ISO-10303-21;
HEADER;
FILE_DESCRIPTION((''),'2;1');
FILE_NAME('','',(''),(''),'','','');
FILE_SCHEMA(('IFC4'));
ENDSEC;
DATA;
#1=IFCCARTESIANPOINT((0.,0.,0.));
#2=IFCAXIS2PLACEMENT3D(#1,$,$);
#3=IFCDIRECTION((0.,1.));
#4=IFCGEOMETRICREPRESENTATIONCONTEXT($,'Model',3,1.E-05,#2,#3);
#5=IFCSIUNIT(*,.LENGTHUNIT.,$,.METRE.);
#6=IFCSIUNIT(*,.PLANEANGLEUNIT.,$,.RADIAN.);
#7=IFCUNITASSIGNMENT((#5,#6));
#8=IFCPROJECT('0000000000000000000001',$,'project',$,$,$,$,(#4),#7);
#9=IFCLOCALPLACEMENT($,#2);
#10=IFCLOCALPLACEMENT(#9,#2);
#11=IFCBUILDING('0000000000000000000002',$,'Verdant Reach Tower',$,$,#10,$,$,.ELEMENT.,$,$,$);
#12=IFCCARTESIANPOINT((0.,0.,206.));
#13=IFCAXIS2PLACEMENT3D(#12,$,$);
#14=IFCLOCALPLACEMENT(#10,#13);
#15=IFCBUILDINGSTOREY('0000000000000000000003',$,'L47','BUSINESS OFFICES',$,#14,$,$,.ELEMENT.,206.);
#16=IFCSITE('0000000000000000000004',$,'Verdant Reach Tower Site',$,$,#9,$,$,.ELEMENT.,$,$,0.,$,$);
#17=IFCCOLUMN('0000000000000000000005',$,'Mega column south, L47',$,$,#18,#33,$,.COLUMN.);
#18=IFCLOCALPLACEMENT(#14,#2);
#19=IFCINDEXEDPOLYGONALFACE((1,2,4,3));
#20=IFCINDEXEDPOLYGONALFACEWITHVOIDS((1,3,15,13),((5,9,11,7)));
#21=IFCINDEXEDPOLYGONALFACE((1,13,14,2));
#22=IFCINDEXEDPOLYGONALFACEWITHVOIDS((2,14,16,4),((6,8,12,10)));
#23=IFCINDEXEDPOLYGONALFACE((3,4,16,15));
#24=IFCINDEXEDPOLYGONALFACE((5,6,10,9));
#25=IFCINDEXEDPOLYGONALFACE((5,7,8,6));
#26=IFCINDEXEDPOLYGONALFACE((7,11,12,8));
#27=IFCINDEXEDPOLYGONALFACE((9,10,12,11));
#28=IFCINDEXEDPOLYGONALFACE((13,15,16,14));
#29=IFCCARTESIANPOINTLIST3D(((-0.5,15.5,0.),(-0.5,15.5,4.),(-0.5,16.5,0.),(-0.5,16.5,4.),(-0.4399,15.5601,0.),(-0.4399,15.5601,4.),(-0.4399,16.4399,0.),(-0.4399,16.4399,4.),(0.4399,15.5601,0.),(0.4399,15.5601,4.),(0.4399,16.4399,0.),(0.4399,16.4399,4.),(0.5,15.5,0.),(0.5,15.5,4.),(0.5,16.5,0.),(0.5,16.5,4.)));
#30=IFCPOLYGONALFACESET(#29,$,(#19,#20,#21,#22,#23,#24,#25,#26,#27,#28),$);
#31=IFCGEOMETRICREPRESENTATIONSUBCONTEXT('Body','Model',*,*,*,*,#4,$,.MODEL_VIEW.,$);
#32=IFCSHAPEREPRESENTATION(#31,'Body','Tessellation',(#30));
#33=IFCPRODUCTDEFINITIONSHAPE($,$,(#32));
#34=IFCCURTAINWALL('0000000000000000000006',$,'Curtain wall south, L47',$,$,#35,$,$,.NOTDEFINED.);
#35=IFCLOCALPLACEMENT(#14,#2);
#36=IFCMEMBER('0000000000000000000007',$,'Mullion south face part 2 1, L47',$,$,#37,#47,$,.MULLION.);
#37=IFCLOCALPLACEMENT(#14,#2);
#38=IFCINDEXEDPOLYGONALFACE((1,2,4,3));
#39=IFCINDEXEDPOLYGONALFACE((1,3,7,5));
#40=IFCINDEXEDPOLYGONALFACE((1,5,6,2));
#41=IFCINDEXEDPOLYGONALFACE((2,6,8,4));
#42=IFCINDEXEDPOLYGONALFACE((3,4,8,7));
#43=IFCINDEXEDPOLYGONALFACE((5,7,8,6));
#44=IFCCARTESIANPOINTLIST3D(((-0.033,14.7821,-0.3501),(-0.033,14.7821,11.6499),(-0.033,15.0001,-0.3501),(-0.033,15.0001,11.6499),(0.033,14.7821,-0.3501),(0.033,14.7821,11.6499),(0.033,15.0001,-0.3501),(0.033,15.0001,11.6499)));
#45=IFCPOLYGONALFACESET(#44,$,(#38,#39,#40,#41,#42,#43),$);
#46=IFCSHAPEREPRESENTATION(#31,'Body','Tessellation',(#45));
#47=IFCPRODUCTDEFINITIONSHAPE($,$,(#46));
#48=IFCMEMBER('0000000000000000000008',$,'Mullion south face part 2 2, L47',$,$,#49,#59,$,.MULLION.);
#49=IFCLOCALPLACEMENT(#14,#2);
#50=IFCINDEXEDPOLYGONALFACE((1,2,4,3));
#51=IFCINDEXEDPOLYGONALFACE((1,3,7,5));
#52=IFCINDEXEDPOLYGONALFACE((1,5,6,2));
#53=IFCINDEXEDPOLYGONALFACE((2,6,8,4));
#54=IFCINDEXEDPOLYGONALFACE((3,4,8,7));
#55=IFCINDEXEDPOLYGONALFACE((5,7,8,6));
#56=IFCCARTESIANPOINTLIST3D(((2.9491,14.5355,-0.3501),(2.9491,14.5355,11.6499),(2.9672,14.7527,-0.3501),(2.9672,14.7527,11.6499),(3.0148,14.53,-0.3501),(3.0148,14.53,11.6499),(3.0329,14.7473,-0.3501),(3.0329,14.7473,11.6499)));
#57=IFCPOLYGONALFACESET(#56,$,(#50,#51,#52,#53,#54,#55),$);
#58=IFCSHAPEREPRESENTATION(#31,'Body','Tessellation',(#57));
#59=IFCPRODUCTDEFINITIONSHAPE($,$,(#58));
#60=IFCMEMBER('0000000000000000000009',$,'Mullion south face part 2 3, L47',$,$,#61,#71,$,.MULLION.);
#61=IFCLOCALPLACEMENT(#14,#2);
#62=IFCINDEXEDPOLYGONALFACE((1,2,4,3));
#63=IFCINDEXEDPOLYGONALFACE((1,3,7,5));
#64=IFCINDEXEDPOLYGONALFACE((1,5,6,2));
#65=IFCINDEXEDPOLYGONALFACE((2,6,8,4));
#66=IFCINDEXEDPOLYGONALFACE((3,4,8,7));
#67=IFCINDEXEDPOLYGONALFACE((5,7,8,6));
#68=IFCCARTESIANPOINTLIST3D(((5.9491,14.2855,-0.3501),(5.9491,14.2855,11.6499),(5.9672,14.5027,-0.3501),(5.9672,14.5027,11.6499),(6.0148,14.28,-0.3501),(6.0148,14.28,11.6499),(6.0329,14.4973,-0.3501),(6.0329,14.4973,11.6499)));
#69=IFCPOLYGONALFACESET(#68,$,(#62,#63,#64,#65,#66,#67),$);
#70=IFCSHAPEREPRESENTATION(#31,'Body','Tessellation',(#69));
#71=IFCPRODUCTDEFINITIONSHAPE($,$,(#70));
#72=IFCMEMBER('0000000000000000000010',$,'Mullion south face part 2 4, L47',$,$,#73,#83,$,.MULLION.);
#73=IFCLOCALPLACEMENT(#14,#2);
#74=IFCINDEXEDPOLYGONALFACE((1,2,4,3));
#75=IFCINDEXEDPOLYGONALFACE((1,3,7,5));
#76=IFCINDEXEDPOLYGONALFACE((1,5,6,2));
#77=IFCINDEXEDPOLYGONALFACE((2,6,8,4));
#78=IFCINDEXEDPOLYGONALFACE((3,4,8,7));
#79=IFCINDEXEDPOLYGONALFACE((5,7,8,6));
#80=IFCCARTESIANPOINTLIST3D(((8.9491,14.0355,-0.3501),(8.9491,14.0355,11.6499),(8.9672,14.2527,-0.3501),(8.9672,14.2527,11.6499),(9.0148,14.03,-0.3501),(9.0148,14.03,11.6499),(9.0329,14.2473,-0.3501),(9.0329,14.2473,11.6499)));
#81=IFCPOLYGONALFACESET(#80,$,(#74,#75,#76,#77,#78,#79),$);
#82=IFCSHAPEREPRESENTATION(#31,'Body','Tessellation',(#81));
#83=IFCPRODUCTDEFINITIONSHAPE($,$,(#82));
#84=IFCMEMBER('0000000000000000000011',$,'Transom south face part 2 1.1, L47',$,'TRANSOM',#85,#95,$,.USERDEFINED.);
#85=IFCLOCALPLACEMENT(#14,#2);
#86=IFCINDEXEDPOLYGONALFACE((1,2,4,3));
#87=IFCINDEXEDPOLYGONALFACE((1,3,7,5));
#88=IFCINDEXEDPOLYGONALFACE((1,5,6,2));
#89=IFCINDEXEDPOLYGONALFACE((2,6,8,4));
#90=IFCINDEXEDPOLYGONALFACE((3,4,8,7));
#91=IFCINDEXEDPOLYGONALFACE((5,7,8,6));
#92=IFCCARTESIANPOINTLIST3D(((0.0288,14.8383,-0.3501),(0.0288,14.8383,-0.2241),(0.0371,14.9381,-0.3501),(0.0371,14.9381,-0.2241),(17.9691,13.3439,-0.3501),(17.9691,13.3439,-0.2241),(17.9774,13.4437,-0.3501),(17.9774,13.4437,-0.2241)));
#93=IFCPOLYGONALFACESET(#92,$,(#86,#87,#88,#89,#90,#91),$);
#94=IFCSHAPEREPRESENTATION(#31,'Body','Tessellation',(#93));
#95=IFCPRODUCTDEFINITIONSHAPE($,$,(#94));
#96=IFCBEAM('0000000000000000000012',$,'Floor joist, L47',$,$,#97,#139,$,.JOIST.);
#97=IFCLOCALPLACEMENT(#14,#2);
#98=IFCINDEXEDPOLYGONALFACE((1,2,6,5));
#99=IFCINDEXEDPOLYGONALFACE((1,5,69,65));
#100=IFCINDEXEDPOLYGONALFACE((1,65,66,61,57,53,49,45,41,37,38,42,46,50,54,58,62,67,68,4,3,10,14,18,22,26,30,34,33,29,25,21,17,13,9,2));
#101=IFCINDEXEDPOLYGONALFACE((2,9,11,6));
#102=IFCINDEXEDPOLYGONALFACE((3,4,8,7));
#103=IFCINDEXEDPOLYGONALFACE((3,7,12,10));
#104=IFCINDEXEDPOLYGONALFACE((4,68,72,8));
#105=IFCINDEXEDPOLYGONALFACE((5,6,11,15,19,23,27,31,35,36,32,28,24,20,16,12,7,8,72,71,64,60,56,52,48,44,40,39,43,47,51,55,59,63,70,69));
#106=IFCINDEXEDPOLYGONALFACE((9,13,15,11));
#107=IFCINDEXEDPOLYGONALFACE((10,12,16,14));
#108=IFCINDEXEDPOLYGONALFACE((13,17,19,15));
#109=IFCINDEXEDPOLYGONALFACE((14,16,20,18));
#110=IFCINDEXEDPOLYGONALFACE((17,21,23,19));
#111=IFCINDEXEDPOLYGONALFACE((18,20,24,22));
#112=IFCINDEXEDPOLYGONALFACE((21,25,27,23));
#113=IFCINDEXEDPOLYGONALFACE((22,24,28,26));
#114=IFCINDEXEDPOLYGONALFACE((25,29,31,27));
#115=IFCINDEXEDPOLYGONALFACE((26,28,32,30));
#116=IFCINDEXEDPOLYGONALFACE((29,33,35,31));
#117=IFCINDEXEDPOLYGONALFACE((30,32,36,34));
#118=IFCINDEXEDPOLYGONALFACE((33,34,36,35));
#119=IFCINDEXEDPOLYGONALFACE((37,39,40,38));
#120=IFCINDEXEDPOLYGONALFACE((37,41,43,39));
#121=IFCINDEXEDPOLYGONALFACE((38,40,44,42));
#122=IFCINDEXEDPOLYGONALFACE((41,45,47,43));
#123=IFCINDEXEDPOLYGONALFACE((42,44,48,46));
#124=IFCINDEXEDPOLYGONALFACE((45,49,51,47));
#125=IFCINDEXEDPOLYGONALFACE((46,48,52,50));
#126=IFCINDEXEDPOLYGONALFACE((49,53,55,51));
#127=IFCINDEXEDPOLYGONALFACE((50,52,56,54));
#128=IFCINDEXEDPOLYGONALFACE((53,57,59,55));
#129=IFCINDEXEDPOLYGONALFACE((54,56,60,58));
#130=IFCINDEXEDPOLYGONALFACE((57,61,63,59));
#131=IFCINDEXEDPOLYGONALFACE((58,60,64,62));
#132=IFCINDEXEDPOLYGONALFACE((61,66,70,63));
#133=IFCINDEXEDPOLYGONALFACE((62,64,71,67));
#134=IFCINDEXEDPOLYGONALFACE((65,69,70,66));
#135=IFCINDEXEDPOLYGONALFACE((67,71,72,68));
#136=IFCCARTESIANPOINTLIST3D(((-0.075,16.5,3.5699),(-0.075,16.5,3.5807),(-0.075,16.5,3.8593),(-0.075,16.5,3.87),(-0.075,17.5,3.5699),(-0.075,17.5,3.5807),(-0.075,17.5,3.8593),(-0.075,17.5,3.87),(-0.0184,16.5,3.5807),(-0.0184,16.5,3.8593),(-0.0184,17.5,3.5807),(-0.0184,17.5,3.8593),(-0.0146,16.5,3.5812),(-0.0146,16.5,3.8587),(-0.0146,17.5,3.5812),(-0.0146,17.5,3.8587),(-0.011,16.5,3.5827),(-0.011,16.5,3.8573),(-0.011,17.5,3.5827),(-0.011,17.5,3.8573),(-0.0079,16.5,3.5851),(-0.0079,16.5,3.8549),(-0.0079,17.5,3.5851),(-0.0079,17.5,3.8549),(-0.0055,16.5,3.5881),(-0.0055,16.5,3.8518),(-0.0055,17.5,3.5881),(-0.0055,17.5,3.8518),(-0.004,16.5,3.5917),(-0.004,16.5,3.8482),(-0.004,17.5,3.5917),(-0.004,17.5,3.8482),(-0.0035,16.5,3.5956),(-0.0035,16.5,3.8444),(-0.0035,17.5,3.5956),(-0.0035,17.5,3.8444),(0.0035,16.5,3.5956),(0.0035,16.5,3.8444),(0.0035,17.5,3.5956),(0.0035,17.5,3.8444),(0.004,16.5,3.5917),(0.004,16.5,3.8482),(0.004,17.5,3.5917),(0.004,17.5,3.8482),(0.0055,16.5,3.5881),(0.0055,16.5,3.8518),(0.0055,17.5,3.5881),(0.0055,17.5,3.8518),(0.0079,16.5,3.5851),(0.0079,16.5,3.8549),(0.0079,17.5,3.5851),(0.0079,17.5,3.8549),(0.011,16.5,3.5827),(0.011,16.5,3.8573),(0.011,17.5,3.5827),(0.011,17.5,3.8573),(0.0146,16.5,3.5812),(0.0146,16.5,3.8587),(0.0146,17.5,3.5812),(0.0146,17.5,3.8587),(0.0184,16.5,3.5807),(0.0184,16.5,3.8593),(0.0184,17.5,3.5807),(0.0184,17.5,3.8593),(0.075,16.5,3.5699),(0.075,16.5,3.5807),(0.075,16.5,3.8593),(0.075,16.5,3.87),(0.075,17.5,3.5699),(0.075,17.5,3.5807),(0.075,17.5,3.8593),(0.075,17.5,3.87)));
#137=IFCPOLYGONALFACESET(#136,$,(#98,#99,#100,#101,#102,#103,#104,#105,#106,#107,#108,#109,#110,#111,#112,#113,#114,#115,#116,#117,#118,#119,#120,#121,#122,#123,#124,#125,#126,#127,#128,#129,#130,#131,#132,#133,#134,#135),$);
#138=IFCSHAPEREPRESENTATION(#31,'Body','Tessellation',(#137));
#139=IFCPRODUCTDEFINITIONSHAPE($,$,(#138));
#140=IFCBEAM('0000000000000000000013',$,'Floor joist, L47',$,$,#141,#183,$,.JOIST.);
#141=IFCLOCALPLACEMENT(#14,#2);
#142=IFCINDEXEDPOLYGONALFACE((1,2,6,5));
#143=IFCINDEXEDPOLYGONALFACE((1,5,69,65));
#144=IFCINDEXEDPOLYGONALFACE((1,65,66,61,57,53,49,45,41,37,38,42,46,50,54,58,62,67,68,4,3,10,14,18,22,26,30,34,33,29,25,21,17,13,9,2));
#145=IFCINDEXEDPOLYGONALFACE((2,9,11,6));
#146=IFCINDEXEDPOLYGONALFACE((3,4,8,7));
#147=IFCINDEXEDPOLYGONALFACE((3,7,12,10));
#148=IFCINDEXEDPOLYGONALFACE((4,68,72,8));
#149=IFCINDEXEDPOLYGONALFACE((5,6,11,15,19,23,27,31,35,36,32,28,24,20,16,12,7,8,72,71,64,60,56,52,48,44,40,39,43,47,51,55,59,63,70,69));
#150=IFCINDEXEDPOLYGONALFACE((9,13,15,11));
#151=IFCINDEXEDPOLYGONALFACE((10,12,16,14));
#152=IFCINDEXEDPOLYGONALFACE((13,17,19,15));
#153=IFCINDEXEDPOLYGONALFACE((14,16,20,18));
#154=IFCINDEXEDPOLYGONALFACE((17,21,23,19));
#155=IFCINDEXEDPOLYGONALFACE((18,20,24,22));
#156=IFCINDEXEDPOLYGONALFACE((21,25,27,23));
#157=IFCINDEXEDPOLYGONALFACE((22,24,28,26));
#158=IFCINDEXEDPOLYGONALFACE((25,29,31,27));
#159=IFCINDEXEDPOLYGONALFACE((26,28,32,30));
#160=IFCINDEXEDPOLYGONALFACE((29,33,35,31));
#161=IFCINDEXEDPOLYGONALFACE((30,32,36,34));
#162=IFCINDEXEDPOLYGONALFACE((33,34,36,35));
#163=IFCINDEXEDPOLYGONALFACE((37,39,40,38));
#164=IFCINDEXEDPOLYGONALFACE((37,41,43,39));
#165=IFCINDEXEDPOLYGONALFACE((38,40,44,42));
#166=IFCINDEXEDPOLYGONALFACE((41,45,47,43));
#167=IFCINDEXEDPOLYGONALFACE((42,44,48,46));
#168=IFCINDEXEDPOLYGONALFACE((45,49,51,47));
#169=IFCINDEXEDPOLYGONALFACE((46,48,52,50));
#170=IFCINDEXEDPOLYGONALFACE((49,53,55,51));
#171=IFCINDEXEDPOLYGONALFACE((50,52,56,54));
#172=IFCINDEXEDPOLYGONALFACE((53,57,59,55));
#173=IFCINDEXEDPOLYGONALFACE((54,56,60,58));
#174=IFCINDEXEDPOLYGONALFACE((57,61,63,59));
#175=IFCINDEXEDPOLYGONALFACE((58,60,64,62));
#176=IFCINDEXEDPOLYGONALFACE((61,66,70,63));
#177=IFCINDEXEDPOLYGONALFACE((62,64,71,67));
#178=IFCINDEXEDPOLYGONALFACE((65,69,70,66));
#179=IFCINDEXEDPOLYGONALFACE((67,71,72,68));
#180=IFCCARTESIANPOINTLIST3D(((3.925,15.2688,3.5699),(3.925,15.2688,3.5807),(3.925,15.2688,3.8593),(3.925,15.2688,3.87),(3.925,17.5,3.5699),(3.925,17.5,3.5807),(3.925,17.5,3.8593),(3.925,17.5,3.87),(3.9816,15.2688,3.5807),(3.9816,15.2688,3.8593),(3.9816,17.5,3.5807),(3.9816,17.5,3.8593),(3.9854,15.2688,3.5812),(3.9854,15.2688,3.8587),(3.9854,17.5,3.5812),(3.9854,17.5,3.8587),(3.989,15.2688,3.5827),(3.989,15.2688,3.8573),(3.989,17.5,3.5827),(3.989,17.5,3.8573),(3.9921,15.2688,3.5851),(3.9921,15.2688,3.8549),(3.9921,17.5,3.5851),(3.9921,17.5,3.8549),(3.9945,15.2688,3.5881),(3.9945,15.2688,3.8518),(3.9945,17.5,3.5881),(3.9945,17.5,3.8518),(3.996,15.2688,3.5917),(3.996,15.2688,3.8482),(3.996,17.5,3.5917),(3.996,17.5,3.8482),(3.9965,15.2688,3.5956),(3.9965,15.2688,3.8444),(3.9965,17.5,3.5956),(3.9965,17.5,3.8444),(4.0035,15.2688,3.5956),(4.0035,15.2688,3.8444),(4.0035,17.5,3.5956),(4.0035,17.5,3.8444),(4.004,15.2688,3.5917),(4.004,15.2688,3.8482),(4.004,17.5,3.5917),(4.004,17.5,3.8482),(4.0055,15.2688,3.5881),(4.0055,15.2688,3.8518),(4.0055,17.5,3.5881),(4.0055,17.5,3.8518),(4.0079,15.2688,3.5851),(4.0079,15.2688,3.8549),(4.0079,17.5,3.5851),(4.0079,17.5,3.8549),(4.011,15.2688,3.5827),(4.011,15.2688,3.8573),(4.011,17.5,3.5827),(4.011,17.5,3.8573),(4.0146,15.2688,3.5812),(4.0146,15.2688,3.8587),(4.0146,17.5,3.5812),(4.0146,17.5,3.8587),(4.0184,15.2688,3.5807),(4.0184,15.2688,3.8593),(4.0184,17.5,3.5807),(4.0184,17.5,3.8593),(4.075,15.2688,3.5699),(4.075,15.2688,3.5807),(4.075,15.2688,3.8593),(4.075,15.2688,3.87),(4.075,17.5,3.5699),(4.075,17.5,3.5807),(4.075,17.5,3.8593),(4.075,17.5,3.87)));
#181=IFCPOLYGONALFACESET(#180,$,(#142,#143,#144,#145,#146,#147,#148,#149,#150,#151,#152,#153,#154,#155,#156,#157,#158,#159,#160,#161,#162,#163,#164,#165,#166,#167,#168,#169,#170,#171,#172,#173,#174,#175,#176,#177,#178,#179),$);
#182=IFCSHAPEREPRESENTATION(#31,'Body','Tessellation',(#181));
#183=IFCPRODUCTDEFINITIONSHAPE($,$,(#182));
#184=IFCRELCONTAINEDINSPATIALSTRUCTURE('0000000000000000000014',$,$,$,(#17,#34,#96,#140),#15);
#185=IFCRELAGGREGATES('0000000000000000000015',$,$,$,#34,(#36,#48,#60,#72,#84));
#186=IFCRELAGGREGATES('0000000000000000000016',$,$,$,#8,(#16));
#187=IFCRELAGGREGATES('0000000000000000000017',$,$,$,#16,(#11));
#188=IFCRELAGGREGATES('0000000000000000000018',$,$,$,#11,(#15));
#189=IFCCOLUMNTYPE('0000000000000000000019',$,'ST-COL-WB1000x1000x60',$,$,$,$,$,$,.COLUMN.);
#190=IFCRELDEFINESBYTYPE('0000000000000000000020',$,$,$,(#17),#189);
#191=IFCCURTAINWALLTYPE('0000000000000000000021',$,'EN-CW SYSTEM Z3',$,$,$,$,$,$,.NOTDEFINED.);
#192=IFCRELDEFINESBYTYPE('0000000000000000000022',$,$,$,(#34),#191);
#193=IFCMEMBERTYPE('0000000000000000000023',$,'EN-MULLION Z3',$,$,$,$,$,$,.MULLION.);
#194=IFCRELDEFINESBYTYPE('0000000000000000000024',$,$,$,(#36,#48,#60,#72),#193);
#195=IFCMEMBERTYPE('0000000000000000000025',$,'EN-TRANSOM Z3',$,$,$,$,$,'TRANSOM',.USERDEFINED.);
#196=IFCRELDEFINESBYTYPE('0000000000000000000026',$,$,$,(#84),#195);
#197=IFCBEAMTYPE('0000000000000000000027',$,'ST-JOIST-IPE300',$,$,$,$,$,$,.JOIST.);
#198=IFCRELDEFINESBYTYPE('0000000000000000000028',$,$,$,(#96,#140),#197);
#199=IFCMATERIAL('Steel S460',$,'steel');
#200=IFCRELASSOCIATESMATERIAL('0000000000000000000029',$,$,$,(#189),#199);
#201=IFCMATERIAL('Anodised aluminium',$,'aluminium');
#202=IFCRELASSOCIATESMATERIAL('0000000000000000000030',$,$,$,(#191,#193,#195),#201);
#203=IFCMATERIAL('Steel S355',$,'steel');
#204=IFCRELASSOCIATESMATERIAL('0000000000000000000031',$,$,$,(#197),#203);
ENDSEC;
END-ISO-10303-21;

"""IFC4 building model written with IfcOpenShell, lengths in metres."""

from ifc_helpers import new_model, si_unit, direction, frame, origin, origin_2d, place, context, subcontext, project, spatial, rectangle, hollow_rectangle, i_section, extrude, material, material_profile, profile_set, type_object, element, aggregate, save


model = new_model("IFC4")

# Units and contexts
model_context = context("Model", 3, precision=1e-05, world=origin(), true_north=direction((0.0, 1.0)))
body_context = subcontext(model_context, "Body", "Model", "MODEL_VIEW")
ifc_project = project(units=[si_unit("LENGTHUNIT", "METRE"), si_unit("PLANEANGLEUNIT", "RADIAN")], contexts=[model_context])

# Site, building, storey
site_placement = place(None, origin())
site = spatial("IfcSite", under=ifc_project, at=site_placement, Name="Verdant Reach Tower Site", CompositionType="ELEMENT", RefElevation=0.0)
building_placement = place(site_placement, origin())
building = spatial("IfcBuilding", under=site, at=building_placement, Name="Verdant Reach Tower", CompositionType="ELEMENT")
storey_placement = place(building_placement, frame((0.0, 0.0, 206.0)))
storey = spatial("IfcBuildingStorey", under=building, at=storey_placement, Name="L47", Description="BUSINESS OFFICES", CompositionType="ELEMENT", Elevation=206.0)

# Column
ifc_material_1 = material(Name="Steel S460", Category="steel")
ifc_material_profile_1 = material_profile(ifc_material_1, hollow_rectangle(XDim=1.0, YDim=1.0, WallThickness=0.0601, at=origin_2d()), Name="WB 1000x1000x60")
ifc_profile_set_1 = profile_set([ifc_material_profile_1], Name="Steel S460")
column_type = type_object("IfcColumnType", Name="ST-COL-WB1000x1000x60", PredefinedType="COLUMN", material=ifc_profile_set_1)
column_placement = place(storey_placement, frame((0.0, 16.0, 0.0), z_axis=(0.0, 0.0, 1.0), x_axis=(1.0, 0.0, 0.0)))
element("IfcColumn", 1, at=column_placement, inside=storey, type_object=column_type, Name="Mega column south, L47", PredefinedType="COLUMN", context=body_context, shape_type="SweptSolid", body=[
    extrude(hollow_rectangle(XDim=1.0, YDim=1.0, WallThickness=0.0601, at=origin_2d()), origin(), (0.0, 0.0, 1.0), 4.0),
])

# Curtain wall, members
ifc_material_2 = material(Name="Anodised aluminium", Category="aluminium")
curtain_wall_type = type_object("IfcCurtainWallType", Name="EN-CW SYSTEM Z3", PredefinedType="NOTDEFINED", material=ifc_material_2)
curtain_wall_placement = place(storey_placement, origin())
curtain_wall = element("IfcCurtainWall", 2, at=curtain_wall_placement, inside=storey, type_object=curtain_wall_type, Name="Curtain wall south, L47", PredefinedType="NOTDEFINED")
ifc_material_profile_2 = material_profile(ifc_material_2, rectangle(XDim=0.218, YDim=0.0659, at=origin_2d()), Name="Mullion 66x218")
ifc_profile_set_2 = profile_set([ifc_material_profile_2], Name="Anodised aluminium")
member_type_1 = type_object("IfcMemberType", Name="EN-MULLION Z3", PredefinedType="MULLION", material=ifc_profile_set_2)
member_1_placement = place(storey_placement, frame((0.0, 14.8911, -0.3501), z_axis=(0.0, 0.0, 1.0), x_axis=(0.0, -1.0, 0.0)))
member_1 = element("IfcMember", 3, at=member_1_placement, type_object=member_type_1, Name="Mullion south face part 2 1, L47", PredefinedType="MULLION", context=body_context, shape_type="SweptSolid", body=[
    extrude(rectangle(XDim=0.218, YDim=0.0659, at=origin_2d()), origin(), (0.0, 0.0, 1.0), 12.0),
])
member_2_placement = place(storey_placement, frame((2.991, 14.6414, -0.3501), z_axis=(0.0, 0.0, 1.0), x_axis=(-0.083045, -0.996546, 0.0)))
member_2 = element("IfcMember", 4, at=member_2_placement, type_object=member_type_1, Name="Mullion south face part 2 2, L47", PredefinedType="MULLION", context=body_context, shape_type="SweptSolid", body=[
    extrude(rectangle(XDim=0.218, YDim=0.0659, at=origin_2d()), origin(), (0.0, 0.0, 1.0), 12.0),
])
member_3_placement = place(storey_placement, frame((5.991, 14.3914, -0.3501), z_axis=(0.0, 0.0, 1.0), x_axis=(-0.083045, -0.996546, 0.0)))
member_3 = element("IfcMember", 5, at=member_3_placement, type_object=member_type_1, Name="Mullion south face part 2 3, L47", PredefinedType="MULLION", context=body_context, shape_type="SweptSolid", body=[
    extrude(rectangle(XDim=0.218, YDim=0.0659, at=origin_2d()), origin(), (0.0, 0.0, 1.0), 12.0),
])
member_4_placement = place(storey_placement, frame((8.991, 14.1414, -0.3501), z_axis=(0.0, 0.0, 1.0), x_axis=(-0.083045, -0.996546, 0.0)))
member_4 = element("IfcMember", 6, at=member_4_placement, type_object=member_type_1, Name="Mullion south face part 2 4, L47", PredefinedType="MULLION", context=body_context, shape_type="SweptSolid", body=[
    extrude(rectangle(XDim=0.218, YDim=0.0659, at=origin_2d()), origin(), (0.0, 0.0, 1.0), 12.0),
])
ifc_material_profile_3 = material_profile(ifc_material_2, rectangle(XDim=0.1001, YDim=0.126, at=origin_2d()), Name="Transom 126x100")
ifc_profile_set_3 = profile_set([ifc_material_profile_3], Name="Anodised aluminium")
member_type_2 = type_object("IfcMemberType", Name="EN-TRANSOM Z3", ElementType="TRANSOM", PredefinedType="USERDEFINED", material=ifc_profile_set_3)
member_5_placement = place(storey_placement, frame((0.033, 14.8882, -0.2871), z_axis=(0.996549, -0.08301, 0.0), x_axis=(0.08301, 0.996549, 0.0)))
member_5 = element("IfcMember", 7, at=member_5_placement, type_object=member_type_2, Name="Transom south face part 2 1.1, L47", ObjectType="TRANSOM", PredefinedType="USERDEFINED", context=body_context, shape_type="SweptSolid", body=[
    extrude(rectangle(XDim=0.1001, YDim=0.126, at=origin_2d()), origin(), (0.0, 0.0, 1.0), 18.0024),
])

# Beams
ifc_material_3 = material(Name="Steel S355", Category="steel")
ifc_material_profile_4 = material_profile(ifc_material_3, i_section(OverallWidth=0.1499, OverallDepth=0.3, WebThickness=0.0071, FlangeThickness=0.0107, FilletRadius=0.0149, at=origin_2d()), Name="IPE 300")
ifc_profile_set_4 = profile_set([ifc_material_profile_4], Name="Steel S355")
beam_type = type_object("IfcBeamType", Name="ST-JOIST-IPE300", PredefinedType="JOIST", material=ifc_profile_set_4)
beam_1_placement = place(storey_placement, frame((0.0, 17.5, 3.72), z_axis=(0.0, -1.0, 0.0), x_axis=(1.0, 0.0, 0.0)))
element("IfcBeam", 8, at=beam_1_placement, inside=storey, type_object=beam_type, Name="Floor joist, L47", PredefinedType="JOIST", context=body_context, shape_type="SweptSolid", body=[
    extrude(i_section(OverallWidth=0.1499, OverallDepth=0.3, WebThickness=0.0071, FlangeThickness=0.0107, FilletRadius=0.0149, at=origin_2d()), origin(), (0.0, 0.0, 1.0), 1.0),
])
beam_2_placement = place(storey_placement, frame((4.0, 17.5, 3.72), z_axis=(0.0, -1.0, 0.0), x_axis=(1.0, 0.0, 0.0)))
element("IfcBeam", 9, at=beam_2_placement, inside=storey, type_object=beam_type, Name="Floor joist, L47", PredefinedType="JOIST", context=body_context, shape_type="SweptSolid", body=[
    extrude(i_section(OverallWidth=0.1499, OverallDepth=0.3, WebThickness=0.0071, FlangeThickness=0.0107, FilletRadius=0.0149, at=origin_2d()), origin(), (0.0, 0.0, 1.0), 2.2312),
])

aggregate(curtain_wall, [member_1, member_2, member_3, member_4, member_5])

save(model, "model.ifc")
